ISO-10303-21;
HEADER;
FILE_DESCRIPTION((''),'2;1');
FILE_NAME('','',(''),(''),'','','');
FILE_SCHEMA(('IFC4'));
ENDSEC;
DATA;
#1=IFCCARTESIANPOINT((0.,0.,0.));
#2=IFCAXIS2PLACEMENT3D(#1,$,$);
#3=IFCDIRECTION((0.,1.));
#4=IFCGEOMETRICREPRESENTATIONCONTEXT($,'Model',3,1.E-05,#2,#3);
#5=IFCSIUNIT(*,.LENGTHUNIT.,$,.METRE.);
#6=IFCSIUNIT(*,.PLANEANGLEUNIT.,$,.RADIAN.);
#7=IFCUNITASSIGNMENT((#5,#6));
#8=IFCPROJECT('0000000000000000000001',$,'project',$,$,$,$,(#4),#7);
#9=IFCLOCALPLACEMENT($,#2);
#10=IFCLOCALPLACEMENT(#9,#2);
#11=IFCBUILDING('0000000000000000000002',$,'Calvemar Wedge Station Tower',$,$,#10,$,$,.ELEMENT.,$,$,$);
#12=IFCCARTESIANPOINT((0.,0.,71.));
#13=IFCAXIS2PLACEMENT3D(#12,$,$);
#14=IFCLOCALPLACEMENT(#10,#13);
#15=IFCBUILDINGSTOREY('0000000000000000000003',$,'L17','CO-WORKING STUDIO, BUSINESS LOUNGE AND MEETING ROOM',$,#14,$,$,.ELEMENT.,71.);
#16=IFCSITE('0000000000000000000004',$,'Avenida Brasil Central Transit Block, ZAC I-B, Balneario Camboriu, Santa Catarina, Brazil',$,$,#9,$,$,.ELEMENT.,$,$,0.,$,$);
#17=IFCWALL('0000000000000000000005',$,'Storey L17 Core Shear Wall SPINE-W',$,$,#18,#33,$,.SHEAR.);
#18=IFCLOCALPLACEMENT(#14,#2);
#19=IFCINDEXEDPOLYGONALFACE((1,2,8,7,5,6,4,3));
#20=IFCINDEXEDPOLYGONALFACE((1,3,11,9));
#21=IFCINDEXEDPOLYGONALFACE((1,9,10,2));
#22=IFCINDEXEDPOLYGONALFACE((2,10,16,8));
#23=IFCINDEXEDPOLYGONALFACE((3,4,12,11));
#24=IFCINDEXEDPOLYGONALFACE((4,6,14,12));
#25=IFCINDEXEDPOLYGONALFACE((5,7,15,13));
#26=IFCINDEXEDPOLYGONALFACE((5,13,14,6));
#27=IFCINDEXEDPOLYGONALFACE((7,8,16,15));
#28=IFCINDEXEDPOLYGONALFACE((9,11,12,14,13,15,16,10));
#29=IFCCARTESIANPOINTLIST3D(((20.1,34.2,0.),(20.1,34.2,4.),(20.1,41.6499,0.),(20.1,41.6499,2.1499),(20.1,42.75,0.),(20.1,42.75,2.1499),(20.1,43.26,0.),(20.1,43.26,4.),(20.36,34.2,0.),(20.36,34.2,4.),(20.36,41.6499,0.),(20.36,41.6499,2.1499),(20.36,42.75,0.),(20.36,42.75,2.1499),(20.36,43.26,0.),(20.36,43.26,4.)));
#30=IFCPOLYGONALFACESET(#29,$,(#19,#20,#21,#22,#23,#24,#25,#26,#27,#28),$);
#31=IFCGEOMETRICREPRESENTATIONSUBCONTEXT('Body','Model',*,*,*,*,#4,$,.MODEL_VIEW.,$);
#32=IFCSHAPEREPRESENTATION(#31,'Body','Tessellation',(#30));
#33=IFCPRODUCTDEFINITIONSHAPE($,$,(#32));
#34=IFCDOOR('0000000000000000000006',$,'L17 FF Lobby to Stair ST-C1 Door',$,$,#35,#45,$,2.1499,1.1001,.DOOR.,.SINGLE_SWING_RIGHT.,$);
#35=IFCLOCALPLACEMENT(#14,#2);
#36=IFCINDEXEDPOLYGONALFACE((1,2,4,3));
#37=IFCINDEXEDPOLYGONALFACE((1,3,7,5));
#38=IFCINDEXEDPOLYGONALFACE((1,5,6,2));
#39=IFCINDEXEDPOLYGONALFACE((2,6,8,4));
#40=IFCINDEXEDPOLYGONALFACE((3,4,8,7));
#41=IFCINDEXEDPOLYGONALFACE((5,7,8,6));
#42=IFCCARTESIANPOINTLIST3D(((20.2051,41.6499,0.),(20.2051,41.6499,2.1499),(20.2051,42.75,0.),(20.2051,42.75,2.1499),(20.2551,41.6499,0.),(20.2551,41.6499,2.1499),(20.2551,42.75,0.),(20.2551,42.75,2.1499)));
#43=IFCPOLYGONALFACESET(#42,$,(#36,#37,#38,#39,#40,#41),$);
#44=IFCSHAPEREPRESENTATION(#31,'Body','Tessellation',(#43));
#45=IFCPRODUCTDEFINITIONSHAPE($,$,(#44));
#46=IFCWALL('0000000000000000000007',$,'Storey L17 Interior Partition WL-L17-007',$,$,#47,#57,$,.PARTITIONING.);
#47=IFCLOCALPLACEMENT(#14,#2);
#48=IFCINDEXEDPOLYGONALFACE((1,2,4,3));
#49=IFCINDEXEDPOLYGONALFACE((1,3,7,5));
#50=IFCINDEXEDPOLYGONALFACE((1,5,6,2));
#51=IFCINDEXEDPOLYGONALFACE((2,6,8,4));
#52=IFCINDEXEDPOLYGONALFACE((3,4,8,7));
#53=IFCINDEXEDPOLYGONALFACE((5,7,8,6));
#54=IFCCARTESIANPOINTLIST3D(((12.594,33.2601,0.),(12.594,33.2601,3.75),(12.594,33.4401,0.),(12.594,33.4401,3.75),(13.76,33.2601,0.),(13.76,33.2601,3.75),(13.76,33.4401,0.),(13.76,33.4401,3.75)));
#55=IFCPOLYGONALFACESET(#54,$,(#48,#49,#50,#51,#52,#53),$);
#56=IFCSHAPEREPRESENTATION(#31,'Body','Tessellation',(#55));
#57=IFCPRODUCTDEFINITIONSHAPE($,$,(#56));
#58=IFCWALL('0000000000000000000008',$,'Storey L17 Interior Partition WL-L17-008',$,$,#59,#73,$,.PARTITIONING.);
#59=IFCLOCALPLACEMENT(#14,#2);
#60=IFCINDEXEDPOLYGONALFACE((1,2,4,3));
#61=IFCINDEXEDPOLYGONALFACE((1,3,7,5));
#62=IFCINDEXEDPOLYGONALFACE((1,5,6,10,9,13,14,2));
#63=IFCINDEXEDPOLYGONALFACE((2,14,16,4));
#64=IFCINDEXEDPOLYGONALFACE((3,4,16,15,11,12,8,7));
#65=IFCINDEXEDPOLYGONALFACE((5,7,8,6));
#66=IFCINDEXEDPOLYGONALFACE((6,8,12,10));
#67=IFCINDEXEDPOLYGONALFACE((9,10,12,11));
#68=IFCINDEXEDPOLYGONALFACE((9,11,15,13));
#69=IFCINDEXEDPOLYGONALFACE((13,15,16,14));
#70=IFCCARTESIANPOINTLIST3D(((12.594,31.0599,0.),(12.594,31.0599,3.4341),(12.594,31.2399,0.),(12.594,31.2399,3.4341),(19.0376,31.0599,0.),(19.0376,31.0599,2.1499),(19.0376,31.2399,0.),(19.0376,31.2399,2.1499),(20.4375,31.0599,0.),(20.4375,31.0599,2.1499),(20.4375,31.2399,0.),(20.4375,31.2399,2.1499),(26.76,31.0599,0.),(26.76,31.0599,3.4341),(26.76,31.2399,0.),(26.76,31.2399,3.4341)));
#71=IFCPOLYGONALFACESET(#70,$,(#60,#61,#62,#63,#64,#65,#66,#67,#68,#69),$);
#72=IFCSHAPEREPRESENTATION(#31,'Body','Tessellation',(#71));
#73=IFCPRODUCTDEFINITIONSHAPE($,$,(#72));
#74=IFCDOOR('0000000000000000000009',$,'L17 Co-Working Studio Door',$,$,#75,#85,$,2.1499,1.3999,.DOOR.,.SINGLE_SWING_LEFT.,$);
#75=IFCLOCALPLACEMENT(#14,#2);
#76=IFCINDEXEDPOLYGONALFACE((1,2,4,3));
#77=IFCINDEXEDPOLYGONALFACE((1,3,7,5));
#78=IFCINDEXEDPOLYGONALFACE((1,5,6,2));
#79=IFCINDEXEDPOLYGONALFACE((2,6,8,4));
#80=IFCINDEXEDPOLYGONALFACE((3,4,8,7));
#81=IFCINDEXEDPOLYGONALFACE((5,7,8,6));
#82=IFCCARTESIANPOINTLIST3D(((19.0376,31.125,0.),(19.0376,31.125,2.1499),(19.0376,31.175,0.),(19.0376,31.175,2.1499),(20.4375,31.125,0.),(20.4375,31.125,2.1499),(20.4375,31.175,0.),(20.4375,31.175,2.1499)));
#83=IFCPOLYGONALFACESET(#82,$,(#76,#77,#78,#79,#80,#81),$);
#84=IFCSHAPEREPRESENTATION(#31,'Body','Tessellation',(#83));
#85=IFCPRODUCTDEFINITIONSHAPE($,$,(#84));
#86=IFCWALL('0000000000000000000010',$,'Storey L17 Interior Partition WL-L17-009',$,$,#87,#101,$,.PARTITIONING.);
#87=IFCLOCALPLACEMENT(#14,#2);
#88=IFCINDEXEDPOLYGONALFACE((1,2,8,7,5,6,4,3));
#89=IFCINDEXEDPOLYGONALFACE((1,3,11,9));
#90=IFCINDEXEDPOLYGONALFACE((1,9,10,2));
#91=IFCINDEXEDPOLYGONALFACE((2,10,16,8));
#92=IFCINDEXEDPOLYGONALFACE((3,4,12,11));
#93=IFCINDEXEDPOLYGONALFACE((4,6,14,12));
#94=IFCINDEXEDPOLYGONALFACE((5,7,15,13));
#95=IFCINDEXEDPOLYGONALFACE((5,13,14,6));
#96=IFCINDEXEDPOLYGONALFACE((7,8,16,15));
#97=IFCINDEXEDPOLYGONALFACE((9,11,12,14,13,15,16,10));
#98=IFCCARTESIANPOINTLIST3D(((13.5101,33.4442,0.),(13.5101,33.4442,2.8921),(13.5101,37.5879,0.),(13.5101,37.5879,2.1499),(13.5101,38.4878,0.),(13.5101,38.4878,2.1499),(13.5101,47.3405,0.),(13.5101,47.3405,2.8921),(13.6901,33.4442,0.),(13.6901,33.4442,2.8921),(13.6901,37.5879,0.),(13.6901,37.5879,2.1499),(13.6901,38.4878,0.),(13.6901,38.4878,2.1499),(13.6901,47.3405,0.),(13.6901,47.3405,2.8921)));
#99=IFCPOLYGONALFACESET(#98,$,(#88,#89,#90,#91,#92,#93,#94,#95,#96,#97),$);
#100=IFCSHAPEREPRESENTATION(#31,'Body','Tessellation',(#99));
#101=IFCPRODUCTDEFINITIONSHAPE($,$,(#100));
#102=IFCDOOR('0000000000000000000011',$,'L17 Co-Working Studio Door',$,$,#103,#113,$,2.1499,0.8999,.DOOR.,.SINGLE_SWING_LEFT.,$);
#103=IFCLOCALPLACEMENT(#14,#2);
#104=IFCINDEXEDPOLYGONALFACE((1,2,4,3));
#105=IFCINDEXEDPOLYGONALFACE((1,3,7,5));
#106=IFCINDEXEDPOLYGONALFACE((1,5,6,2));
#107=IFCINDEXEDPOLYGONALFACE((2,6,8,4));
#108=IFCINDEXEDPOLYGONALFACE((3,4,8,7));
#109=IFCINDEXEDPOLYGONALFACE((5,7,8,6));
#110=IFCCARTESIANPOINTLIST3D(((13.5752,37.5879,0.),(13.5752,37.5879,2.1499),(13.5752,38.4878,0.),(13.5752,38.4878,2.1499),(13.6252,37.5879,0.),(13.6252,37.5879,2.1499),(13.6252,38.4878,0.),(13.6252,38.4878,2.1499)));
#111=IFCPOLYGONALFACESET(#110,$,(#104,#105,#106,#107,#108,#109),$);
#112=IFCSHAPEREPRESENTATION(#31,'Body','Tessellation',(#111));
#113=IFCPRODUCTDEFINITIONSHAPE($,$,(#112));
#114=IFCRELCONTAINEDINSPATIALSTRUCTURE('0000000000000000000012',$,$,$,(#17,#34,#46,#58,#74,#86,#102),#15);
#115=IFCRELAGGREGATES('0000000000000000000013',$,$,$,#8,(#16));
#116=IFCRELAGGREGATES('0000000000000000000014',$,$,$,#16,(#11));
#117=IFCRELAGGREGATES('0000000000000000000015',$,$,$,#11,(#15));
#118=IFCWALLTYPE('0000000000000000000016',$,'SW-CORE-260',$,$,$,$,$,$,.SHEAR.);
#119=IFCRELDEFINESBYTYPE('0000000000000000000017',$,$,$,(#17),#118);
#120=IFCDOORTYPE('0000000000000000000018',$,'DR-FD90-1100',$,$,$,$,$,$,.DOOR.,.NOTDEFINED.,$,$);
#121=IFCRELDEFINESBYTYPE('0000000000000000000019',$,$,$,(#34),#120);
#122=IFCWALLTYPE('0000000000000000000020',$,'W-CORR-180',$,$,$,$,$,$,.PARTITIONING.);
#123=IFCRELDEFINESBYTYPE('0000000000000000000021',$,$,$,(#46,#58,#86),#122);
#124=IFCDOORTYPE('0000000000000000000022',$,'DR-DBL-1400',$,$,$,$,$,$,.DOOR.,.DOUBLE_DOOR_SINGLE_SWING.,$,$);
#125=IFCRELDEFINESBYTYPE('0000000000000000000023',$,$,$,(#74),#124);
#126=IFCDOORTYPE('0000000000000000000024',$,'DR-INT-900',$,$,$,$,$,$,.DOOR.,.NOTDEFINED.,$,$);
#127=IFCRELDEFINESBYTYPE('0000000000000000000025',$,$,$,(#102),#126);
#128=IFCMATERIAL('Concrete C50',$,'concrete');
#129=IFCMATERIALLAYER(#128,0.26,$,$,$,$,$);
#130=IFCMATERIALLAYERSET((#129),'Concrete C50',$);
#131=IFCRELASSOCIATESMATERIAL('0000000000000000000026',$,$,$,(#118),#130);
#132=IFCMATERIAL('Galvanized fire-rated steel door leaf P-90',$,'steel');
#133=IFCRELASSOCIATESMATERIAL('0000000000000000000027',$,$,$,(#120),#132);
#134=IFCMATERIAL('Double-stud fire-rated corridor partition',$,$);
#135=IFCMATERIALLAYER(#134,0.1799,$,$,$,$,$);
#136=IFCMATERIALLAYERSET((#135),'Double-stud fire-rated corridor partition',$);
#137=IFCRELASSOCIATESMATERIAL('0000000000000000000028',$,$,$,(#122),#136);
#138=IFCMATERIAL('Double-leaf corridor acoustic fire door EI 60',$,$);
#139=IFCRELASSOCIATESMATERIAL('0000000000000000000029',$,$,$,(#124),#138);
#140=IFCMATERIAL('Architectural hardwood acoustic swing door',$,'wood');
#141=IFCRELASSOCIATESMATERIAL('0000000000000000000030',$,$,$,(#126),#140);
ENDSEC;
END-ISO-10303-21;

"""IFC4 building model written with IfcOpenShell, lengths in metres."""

from ifc_helpers import new_model, si_unit, direction, frame, frame_2d, origin, place, context, subcontext, project, spatial, rectangle, extrude, source, transform, mapped, material, layer, layer_set, type_object, element, fill, save


model = new_model("IFC4")

# Units and contexts
model_context = context("Model", 3, precision=1e-05, world=origin(), true_north=direction((0.0, 1.0)))
body_context = subcontext(model_context, "Body", "Model", "MODEL_VIEW")
ifc_project = project(units=[si_unit("LENGTHUNIT", "METRE"), si_unit("PLANEANGLEUNIT", "RADIAN")], contexts=[model_context])

# Site, building, storey
site_placement = place(None, origin())
site = spatial("IfcSite", under=ifc_project, at=site_placement, Name="Avenida Brasil Central Transit Block, ZAC I-B, Balneario Camboriu, Santa Catarina, Brazil", CompositionType="ELEMENT", RefElevation=0.0)
building_placement = place(site_placement, origin())
building = spatial("IfcBuilding", under=site, at=building_placement, Name="Calvemar Wedge Station Tower", CompositionType="ELEMENT")
storey_placement = place(building_placement, frame((0.0, 0.0, 71.0)))
storey = spatial("IfcBuildingStorey", under=building, at=storey_placement, Name="L17", Description="CO-WORKING STUDIO, BUSINESS LOUNGE AND MEETING ROOM", CompositionType="ELEMENT", Elevation=71.0)

# Wall, opening, door
ifc_material_1 = material(Name="Concrete C50", Category="concrete")
ifc_layer_1 = layer(ifc_material_1, 0.26)
ifc_layer_set_1 = layer_set([ifc_layer_1], Name="Concrete C50")
wall_type_1 = type_object("IfcWallType", Name="SW-CORE-260", PredefinedType="SHEAR", material=ifc_layer_set_1)
wall_1_placement = place(storey_placement, frame((20.23, 34.2, 0.0), z_axis=(0.0, 0.0, 1.0), x_axis=(0.0, 1.0, 0.0)))
wall_1 = element("IfcWall", 1, at=wall_1_placement, inside=storey, type_object=wall_type_1, Name="Storey L17 Core Shear Wall SPINE-W", PredefinedType="SHEAR", context=body_context, shape_type="SweptSolid", body=[
    extrude(rectangle(XDim=9.0601, YDim=0.26, at=frame_2d((4.53, 0.0))), origin(), (0.0, 0.0, 1.0), 4.0),
])
shared_shape_1 = source(origin(), body_context, "Body", "SweptSolid", [
    extrude(rectangle(XDim=1.1001, YDim=2.1499, at=frame_2d((0.55, 1.075))), frame((0.0, 0.1401, 0.0), z_axis=(0.0, -1.0, 0.0), x_axis=(1.0, 0.0, 0.0)), (0.0, 0.0, 1.0), 0.28),
])
opening_1_placement = place(wall_1_placement, frame((7.45, 0.0, 0.0)))
opening_1 = element("IfcOpeningElement", 2, at=opening_1_placement, cuts=wall_1, PredefinedType="OPENING", context=body_context, shape_type="MappedRepresentation", body=[
    mapped(shared_shape_1, transform((0.0, 0.0, 0.0), scale=1.0)),
])
ifc_material_2 = material(Name="Galvanized fire-rated steel door leaf P-90", Category="steel")
door_type_1 = type_object("IfcDoorType", Name="DR-FD90-1100", OperationType="NOTDEFINED", PredefinedType="DOOR", material=ifc_material_2)
shared_shape_2 = source(origin(), body_context, "Body", "SweptSolid", [
    extrude(rectangle(XDim=1.1001, YDim=2.1499, at=frame_2d((0.55, 1.075))), frame((0.0, 0.0249, 0.0), z_axis=(0.0, -1.0, 0.0), x_axis=(1.0, 0.0, 0.0)), (0.0, 0.0, 1.0), 0.05),
])
door_1_placement = place(opening_1_placement, origin())
door_1 = element("IfcDoor", 3, at=door_1_placement, inside=storey, type_object=door_type_1, Name="L17 FF Lobby to Stair ST-C1 Door", OperationType="SINGLE_SWING_RIGHT", OverallHeight=2.1499, OverallWidth=1.1001, PredefinedType="DOOR", context=body_context, shape_type="MappedRepresentation", body=[
    mapped(shared_shape_2, transform((0.0, 0.0, 0.0), scale=1.0)),
])
fill(opening_1, door_1)

# Wall
ifc_material_3 = material(Name="Double-stud fire-rated corridor partition")
ifc_layer_2 = layer(ifc_material_3, 0.1799)
ifc_layer_set_2 = layer_set([ifc_layer_2], Name="Double-stud fire-rated corridor partition")
wall_type_2 = type_object("IfcWallType", Name="W-CORR-180", PredefinedType="PARTITIONING", material=ifc_layer_set_2)
wall_2_placement = place(storey_placement, frame((12.594, 33.3501, 0.0), z_axis=(0.0, 0.0, 1.0), x_axis=(1.0, 0.0, 0.0)))
element("IfcWall", 4, at=wall_2_placement, inside=storey, type_object=wall_type_2, Name="Storey L17 Interior Partition WL-L17-007", PredefinedType="PARTITIONING", context=body_context, shape_type="SweptSolid", body=[
    extrude(rectangle(XDim=1.166, YDim=0.1799, at=frame_2d((0.583, 0.0))), origin(), (0.0, 0.0, 1.0), 3.75),
])

# Walls, openings, doors
wall_3_placement = place(storey_placement, frame((26.76, 31.1499, 0.0), z_axis=(0.0, 0.0, 1.0), x_axis=(-1.0, 0.0, 0.0)))
wall_3 = element("IfcWall", 5, at=wall_3_placement, inside=storey, type_object=wall_type_2, Name="Storey L17 Interior Partition WL-L17-008", PredefinedType="PARTITIONING", context=body_context, shape_type="SweptSolid", body=[
    extrude(rectangle(XDim=14.166, YDim=0.1799, at=frame_2d((7.083, 0.0))), origin(), (0.0, 0.0, 1.0), 3.4341),
])
shared_shape_3 = source(origin(), body_context, "Body", "SweptSolid", [
    extrude(rectangle(XDim=1.3999, YDim=2.1499, at=frame_2d((0.7, 1.075))), frame((0.0, 0.1001, 0.0), z_axis=(0.0, -1.0, 0.0), x_axis=(1.0, 0.0, 0.0)), (0.0, 0.0, 1.0), 0.2),
])
opening_2_placement = place(wall_3_placement, frame((6.3225, 0.0, 0.0)))
opening_2 = element("IfcOpeningElement", 6, at=opening_2_placement, cuts=wall_3, PredefinedType="OPENING", context=body_context, shape_type="MappedRepresentation", body=[
    mapped(shared_shape_3, transform((0.0, 0.0, 0.0), scale=1.0)),
])
ifc_material_4 = material(Name="Double-leaf corridor acoustic fire door EI 60")
door_type_2 = type_object("IfcDoorType", Name="DR-DBL-1400", OperationType="DOUBLE_DOOR_SINGLE_SWING", PredefinedType="DOOR", material=ifc_material_4)
shared_shape_4 = source(origin(), body_context, "Body", "SweptSolid", [
    extrude(rectangle(XDim=1.3999, YDim=2.1499, at=frame_2d((0.7, 1.075))), frame((0.0, 0.0249, 0.0), z_axis=(0.0, -1.0, 0.0), x_axis=(1.0, 0.0, 0.0)), (0.0, 0.0, 1.0), 0.05),
])
door_2_placement = place(opening_2_placement, origin())
door_2 = element("IfcDoor", 7, at=door_2_placement, inside=storey, type_object=door_type_2, Name="L17 Co-Working Studio Door", OperationType="SINGLE_SWING_LEFT", OverallHeight=2.1499, OverallWidth=1.3999, PredefinedType="DOOR", context=body_context, shape_type="MappedRepresentation", body=[
    mapped(shared_shape_4, transform((0.0, 0.0, 0.0), scale=1.0)),
])
fill(opening_2, door_2)
wall_4_placement = place(storey_placement, frame((13.6001, 33.4441, 0.0), z_axis=(0.0, 0.0, 1.0), x_axis=(0.0, 1.0, 0.0)))
wall_4 = element("IfcWall", 8, at=wall_4_placement, inside=storey, type_object=wall_type_2, Name="Storey L17 Interior Partition WL-L17-009", PredefinedType="PARTITIONING", context=body_context, shape_type="SweptSolid", body=[
    extrude(rectangle(XDim=13.8962, YDim=0.1799, at=frame_2d((6.9482, 0.0))), origin(), (0.0, 0.0, 1.0), 2.8921),
])
shared_shape_5 = source(origin(), body_context, "Body", "SweptSolid", [
    extrude(rectangle(XDim=0.8999, YDim=2.1499, at=frame_2d((0.45, 1.075))), frame((0.0, 0.1001, 0.0), z_axis=(0.0, -1.0, 0.0), x_axis=(1.0, 0.0, 0.0)), (0.0, 0.0, 1.0), 0.2),
])
opening_3_placement = place(wall_4_placement, frame((4.1438, 0.0, 0.0)))
opening_3 = element("IfcOpeningElement", 9, at=opening_3_placement, cuts=wall_4, PredefinedType="OPENING", context=body_context, shape_type="MappedRepresentation", body=[
    mapped(shared_shape_5, transform((0.0, 0.0, 0.0), scale=1.0)),
])
ifc_material_5 = material(Name="Architectural hardwood acoustic swing door", Category="wood")
door_type_3 = type_object("IfcDoorType", Name="DR-INT-900", OperationType="NOTDEFINED", PredefinedType="DOOR", material=ifc_material_5)
shared_shape_6 = source(origin(), body_context, "Body", "SweptSolid", [
    extrude(rectangle(XDim=0.8999, YDim=2.1499, at=frame_2d((0.45, 1.075))), frame((0.0, 0.0249, 0.0), z_axis=(0.0, -1.0, 0.0), x_axis=(1.0, 0.0, 0.0)), (0.0, 0.0, 1.0), 0.05),
])
door_3_placement = place(opening_3_placement, origin())
door_3 = element("IfcDoor", 10, at=door_3_placement, inside=storey, type_object=door_type_3, Name="L17 Co-Working Studio Door", OperationType="SINGLE_SWING_LEFT", OverallHeight=2.1499, OverallWidth=0.8999, PredefinedType="DOOR", context=body_context, shape_type="MappedRepresentation", body=[
    mapped(shared_shape_6, transform((0.0, 0.0, 0.0), scale=1.0)),
])
fill(opening_3, door_3)

save(model, "model.ifc")
